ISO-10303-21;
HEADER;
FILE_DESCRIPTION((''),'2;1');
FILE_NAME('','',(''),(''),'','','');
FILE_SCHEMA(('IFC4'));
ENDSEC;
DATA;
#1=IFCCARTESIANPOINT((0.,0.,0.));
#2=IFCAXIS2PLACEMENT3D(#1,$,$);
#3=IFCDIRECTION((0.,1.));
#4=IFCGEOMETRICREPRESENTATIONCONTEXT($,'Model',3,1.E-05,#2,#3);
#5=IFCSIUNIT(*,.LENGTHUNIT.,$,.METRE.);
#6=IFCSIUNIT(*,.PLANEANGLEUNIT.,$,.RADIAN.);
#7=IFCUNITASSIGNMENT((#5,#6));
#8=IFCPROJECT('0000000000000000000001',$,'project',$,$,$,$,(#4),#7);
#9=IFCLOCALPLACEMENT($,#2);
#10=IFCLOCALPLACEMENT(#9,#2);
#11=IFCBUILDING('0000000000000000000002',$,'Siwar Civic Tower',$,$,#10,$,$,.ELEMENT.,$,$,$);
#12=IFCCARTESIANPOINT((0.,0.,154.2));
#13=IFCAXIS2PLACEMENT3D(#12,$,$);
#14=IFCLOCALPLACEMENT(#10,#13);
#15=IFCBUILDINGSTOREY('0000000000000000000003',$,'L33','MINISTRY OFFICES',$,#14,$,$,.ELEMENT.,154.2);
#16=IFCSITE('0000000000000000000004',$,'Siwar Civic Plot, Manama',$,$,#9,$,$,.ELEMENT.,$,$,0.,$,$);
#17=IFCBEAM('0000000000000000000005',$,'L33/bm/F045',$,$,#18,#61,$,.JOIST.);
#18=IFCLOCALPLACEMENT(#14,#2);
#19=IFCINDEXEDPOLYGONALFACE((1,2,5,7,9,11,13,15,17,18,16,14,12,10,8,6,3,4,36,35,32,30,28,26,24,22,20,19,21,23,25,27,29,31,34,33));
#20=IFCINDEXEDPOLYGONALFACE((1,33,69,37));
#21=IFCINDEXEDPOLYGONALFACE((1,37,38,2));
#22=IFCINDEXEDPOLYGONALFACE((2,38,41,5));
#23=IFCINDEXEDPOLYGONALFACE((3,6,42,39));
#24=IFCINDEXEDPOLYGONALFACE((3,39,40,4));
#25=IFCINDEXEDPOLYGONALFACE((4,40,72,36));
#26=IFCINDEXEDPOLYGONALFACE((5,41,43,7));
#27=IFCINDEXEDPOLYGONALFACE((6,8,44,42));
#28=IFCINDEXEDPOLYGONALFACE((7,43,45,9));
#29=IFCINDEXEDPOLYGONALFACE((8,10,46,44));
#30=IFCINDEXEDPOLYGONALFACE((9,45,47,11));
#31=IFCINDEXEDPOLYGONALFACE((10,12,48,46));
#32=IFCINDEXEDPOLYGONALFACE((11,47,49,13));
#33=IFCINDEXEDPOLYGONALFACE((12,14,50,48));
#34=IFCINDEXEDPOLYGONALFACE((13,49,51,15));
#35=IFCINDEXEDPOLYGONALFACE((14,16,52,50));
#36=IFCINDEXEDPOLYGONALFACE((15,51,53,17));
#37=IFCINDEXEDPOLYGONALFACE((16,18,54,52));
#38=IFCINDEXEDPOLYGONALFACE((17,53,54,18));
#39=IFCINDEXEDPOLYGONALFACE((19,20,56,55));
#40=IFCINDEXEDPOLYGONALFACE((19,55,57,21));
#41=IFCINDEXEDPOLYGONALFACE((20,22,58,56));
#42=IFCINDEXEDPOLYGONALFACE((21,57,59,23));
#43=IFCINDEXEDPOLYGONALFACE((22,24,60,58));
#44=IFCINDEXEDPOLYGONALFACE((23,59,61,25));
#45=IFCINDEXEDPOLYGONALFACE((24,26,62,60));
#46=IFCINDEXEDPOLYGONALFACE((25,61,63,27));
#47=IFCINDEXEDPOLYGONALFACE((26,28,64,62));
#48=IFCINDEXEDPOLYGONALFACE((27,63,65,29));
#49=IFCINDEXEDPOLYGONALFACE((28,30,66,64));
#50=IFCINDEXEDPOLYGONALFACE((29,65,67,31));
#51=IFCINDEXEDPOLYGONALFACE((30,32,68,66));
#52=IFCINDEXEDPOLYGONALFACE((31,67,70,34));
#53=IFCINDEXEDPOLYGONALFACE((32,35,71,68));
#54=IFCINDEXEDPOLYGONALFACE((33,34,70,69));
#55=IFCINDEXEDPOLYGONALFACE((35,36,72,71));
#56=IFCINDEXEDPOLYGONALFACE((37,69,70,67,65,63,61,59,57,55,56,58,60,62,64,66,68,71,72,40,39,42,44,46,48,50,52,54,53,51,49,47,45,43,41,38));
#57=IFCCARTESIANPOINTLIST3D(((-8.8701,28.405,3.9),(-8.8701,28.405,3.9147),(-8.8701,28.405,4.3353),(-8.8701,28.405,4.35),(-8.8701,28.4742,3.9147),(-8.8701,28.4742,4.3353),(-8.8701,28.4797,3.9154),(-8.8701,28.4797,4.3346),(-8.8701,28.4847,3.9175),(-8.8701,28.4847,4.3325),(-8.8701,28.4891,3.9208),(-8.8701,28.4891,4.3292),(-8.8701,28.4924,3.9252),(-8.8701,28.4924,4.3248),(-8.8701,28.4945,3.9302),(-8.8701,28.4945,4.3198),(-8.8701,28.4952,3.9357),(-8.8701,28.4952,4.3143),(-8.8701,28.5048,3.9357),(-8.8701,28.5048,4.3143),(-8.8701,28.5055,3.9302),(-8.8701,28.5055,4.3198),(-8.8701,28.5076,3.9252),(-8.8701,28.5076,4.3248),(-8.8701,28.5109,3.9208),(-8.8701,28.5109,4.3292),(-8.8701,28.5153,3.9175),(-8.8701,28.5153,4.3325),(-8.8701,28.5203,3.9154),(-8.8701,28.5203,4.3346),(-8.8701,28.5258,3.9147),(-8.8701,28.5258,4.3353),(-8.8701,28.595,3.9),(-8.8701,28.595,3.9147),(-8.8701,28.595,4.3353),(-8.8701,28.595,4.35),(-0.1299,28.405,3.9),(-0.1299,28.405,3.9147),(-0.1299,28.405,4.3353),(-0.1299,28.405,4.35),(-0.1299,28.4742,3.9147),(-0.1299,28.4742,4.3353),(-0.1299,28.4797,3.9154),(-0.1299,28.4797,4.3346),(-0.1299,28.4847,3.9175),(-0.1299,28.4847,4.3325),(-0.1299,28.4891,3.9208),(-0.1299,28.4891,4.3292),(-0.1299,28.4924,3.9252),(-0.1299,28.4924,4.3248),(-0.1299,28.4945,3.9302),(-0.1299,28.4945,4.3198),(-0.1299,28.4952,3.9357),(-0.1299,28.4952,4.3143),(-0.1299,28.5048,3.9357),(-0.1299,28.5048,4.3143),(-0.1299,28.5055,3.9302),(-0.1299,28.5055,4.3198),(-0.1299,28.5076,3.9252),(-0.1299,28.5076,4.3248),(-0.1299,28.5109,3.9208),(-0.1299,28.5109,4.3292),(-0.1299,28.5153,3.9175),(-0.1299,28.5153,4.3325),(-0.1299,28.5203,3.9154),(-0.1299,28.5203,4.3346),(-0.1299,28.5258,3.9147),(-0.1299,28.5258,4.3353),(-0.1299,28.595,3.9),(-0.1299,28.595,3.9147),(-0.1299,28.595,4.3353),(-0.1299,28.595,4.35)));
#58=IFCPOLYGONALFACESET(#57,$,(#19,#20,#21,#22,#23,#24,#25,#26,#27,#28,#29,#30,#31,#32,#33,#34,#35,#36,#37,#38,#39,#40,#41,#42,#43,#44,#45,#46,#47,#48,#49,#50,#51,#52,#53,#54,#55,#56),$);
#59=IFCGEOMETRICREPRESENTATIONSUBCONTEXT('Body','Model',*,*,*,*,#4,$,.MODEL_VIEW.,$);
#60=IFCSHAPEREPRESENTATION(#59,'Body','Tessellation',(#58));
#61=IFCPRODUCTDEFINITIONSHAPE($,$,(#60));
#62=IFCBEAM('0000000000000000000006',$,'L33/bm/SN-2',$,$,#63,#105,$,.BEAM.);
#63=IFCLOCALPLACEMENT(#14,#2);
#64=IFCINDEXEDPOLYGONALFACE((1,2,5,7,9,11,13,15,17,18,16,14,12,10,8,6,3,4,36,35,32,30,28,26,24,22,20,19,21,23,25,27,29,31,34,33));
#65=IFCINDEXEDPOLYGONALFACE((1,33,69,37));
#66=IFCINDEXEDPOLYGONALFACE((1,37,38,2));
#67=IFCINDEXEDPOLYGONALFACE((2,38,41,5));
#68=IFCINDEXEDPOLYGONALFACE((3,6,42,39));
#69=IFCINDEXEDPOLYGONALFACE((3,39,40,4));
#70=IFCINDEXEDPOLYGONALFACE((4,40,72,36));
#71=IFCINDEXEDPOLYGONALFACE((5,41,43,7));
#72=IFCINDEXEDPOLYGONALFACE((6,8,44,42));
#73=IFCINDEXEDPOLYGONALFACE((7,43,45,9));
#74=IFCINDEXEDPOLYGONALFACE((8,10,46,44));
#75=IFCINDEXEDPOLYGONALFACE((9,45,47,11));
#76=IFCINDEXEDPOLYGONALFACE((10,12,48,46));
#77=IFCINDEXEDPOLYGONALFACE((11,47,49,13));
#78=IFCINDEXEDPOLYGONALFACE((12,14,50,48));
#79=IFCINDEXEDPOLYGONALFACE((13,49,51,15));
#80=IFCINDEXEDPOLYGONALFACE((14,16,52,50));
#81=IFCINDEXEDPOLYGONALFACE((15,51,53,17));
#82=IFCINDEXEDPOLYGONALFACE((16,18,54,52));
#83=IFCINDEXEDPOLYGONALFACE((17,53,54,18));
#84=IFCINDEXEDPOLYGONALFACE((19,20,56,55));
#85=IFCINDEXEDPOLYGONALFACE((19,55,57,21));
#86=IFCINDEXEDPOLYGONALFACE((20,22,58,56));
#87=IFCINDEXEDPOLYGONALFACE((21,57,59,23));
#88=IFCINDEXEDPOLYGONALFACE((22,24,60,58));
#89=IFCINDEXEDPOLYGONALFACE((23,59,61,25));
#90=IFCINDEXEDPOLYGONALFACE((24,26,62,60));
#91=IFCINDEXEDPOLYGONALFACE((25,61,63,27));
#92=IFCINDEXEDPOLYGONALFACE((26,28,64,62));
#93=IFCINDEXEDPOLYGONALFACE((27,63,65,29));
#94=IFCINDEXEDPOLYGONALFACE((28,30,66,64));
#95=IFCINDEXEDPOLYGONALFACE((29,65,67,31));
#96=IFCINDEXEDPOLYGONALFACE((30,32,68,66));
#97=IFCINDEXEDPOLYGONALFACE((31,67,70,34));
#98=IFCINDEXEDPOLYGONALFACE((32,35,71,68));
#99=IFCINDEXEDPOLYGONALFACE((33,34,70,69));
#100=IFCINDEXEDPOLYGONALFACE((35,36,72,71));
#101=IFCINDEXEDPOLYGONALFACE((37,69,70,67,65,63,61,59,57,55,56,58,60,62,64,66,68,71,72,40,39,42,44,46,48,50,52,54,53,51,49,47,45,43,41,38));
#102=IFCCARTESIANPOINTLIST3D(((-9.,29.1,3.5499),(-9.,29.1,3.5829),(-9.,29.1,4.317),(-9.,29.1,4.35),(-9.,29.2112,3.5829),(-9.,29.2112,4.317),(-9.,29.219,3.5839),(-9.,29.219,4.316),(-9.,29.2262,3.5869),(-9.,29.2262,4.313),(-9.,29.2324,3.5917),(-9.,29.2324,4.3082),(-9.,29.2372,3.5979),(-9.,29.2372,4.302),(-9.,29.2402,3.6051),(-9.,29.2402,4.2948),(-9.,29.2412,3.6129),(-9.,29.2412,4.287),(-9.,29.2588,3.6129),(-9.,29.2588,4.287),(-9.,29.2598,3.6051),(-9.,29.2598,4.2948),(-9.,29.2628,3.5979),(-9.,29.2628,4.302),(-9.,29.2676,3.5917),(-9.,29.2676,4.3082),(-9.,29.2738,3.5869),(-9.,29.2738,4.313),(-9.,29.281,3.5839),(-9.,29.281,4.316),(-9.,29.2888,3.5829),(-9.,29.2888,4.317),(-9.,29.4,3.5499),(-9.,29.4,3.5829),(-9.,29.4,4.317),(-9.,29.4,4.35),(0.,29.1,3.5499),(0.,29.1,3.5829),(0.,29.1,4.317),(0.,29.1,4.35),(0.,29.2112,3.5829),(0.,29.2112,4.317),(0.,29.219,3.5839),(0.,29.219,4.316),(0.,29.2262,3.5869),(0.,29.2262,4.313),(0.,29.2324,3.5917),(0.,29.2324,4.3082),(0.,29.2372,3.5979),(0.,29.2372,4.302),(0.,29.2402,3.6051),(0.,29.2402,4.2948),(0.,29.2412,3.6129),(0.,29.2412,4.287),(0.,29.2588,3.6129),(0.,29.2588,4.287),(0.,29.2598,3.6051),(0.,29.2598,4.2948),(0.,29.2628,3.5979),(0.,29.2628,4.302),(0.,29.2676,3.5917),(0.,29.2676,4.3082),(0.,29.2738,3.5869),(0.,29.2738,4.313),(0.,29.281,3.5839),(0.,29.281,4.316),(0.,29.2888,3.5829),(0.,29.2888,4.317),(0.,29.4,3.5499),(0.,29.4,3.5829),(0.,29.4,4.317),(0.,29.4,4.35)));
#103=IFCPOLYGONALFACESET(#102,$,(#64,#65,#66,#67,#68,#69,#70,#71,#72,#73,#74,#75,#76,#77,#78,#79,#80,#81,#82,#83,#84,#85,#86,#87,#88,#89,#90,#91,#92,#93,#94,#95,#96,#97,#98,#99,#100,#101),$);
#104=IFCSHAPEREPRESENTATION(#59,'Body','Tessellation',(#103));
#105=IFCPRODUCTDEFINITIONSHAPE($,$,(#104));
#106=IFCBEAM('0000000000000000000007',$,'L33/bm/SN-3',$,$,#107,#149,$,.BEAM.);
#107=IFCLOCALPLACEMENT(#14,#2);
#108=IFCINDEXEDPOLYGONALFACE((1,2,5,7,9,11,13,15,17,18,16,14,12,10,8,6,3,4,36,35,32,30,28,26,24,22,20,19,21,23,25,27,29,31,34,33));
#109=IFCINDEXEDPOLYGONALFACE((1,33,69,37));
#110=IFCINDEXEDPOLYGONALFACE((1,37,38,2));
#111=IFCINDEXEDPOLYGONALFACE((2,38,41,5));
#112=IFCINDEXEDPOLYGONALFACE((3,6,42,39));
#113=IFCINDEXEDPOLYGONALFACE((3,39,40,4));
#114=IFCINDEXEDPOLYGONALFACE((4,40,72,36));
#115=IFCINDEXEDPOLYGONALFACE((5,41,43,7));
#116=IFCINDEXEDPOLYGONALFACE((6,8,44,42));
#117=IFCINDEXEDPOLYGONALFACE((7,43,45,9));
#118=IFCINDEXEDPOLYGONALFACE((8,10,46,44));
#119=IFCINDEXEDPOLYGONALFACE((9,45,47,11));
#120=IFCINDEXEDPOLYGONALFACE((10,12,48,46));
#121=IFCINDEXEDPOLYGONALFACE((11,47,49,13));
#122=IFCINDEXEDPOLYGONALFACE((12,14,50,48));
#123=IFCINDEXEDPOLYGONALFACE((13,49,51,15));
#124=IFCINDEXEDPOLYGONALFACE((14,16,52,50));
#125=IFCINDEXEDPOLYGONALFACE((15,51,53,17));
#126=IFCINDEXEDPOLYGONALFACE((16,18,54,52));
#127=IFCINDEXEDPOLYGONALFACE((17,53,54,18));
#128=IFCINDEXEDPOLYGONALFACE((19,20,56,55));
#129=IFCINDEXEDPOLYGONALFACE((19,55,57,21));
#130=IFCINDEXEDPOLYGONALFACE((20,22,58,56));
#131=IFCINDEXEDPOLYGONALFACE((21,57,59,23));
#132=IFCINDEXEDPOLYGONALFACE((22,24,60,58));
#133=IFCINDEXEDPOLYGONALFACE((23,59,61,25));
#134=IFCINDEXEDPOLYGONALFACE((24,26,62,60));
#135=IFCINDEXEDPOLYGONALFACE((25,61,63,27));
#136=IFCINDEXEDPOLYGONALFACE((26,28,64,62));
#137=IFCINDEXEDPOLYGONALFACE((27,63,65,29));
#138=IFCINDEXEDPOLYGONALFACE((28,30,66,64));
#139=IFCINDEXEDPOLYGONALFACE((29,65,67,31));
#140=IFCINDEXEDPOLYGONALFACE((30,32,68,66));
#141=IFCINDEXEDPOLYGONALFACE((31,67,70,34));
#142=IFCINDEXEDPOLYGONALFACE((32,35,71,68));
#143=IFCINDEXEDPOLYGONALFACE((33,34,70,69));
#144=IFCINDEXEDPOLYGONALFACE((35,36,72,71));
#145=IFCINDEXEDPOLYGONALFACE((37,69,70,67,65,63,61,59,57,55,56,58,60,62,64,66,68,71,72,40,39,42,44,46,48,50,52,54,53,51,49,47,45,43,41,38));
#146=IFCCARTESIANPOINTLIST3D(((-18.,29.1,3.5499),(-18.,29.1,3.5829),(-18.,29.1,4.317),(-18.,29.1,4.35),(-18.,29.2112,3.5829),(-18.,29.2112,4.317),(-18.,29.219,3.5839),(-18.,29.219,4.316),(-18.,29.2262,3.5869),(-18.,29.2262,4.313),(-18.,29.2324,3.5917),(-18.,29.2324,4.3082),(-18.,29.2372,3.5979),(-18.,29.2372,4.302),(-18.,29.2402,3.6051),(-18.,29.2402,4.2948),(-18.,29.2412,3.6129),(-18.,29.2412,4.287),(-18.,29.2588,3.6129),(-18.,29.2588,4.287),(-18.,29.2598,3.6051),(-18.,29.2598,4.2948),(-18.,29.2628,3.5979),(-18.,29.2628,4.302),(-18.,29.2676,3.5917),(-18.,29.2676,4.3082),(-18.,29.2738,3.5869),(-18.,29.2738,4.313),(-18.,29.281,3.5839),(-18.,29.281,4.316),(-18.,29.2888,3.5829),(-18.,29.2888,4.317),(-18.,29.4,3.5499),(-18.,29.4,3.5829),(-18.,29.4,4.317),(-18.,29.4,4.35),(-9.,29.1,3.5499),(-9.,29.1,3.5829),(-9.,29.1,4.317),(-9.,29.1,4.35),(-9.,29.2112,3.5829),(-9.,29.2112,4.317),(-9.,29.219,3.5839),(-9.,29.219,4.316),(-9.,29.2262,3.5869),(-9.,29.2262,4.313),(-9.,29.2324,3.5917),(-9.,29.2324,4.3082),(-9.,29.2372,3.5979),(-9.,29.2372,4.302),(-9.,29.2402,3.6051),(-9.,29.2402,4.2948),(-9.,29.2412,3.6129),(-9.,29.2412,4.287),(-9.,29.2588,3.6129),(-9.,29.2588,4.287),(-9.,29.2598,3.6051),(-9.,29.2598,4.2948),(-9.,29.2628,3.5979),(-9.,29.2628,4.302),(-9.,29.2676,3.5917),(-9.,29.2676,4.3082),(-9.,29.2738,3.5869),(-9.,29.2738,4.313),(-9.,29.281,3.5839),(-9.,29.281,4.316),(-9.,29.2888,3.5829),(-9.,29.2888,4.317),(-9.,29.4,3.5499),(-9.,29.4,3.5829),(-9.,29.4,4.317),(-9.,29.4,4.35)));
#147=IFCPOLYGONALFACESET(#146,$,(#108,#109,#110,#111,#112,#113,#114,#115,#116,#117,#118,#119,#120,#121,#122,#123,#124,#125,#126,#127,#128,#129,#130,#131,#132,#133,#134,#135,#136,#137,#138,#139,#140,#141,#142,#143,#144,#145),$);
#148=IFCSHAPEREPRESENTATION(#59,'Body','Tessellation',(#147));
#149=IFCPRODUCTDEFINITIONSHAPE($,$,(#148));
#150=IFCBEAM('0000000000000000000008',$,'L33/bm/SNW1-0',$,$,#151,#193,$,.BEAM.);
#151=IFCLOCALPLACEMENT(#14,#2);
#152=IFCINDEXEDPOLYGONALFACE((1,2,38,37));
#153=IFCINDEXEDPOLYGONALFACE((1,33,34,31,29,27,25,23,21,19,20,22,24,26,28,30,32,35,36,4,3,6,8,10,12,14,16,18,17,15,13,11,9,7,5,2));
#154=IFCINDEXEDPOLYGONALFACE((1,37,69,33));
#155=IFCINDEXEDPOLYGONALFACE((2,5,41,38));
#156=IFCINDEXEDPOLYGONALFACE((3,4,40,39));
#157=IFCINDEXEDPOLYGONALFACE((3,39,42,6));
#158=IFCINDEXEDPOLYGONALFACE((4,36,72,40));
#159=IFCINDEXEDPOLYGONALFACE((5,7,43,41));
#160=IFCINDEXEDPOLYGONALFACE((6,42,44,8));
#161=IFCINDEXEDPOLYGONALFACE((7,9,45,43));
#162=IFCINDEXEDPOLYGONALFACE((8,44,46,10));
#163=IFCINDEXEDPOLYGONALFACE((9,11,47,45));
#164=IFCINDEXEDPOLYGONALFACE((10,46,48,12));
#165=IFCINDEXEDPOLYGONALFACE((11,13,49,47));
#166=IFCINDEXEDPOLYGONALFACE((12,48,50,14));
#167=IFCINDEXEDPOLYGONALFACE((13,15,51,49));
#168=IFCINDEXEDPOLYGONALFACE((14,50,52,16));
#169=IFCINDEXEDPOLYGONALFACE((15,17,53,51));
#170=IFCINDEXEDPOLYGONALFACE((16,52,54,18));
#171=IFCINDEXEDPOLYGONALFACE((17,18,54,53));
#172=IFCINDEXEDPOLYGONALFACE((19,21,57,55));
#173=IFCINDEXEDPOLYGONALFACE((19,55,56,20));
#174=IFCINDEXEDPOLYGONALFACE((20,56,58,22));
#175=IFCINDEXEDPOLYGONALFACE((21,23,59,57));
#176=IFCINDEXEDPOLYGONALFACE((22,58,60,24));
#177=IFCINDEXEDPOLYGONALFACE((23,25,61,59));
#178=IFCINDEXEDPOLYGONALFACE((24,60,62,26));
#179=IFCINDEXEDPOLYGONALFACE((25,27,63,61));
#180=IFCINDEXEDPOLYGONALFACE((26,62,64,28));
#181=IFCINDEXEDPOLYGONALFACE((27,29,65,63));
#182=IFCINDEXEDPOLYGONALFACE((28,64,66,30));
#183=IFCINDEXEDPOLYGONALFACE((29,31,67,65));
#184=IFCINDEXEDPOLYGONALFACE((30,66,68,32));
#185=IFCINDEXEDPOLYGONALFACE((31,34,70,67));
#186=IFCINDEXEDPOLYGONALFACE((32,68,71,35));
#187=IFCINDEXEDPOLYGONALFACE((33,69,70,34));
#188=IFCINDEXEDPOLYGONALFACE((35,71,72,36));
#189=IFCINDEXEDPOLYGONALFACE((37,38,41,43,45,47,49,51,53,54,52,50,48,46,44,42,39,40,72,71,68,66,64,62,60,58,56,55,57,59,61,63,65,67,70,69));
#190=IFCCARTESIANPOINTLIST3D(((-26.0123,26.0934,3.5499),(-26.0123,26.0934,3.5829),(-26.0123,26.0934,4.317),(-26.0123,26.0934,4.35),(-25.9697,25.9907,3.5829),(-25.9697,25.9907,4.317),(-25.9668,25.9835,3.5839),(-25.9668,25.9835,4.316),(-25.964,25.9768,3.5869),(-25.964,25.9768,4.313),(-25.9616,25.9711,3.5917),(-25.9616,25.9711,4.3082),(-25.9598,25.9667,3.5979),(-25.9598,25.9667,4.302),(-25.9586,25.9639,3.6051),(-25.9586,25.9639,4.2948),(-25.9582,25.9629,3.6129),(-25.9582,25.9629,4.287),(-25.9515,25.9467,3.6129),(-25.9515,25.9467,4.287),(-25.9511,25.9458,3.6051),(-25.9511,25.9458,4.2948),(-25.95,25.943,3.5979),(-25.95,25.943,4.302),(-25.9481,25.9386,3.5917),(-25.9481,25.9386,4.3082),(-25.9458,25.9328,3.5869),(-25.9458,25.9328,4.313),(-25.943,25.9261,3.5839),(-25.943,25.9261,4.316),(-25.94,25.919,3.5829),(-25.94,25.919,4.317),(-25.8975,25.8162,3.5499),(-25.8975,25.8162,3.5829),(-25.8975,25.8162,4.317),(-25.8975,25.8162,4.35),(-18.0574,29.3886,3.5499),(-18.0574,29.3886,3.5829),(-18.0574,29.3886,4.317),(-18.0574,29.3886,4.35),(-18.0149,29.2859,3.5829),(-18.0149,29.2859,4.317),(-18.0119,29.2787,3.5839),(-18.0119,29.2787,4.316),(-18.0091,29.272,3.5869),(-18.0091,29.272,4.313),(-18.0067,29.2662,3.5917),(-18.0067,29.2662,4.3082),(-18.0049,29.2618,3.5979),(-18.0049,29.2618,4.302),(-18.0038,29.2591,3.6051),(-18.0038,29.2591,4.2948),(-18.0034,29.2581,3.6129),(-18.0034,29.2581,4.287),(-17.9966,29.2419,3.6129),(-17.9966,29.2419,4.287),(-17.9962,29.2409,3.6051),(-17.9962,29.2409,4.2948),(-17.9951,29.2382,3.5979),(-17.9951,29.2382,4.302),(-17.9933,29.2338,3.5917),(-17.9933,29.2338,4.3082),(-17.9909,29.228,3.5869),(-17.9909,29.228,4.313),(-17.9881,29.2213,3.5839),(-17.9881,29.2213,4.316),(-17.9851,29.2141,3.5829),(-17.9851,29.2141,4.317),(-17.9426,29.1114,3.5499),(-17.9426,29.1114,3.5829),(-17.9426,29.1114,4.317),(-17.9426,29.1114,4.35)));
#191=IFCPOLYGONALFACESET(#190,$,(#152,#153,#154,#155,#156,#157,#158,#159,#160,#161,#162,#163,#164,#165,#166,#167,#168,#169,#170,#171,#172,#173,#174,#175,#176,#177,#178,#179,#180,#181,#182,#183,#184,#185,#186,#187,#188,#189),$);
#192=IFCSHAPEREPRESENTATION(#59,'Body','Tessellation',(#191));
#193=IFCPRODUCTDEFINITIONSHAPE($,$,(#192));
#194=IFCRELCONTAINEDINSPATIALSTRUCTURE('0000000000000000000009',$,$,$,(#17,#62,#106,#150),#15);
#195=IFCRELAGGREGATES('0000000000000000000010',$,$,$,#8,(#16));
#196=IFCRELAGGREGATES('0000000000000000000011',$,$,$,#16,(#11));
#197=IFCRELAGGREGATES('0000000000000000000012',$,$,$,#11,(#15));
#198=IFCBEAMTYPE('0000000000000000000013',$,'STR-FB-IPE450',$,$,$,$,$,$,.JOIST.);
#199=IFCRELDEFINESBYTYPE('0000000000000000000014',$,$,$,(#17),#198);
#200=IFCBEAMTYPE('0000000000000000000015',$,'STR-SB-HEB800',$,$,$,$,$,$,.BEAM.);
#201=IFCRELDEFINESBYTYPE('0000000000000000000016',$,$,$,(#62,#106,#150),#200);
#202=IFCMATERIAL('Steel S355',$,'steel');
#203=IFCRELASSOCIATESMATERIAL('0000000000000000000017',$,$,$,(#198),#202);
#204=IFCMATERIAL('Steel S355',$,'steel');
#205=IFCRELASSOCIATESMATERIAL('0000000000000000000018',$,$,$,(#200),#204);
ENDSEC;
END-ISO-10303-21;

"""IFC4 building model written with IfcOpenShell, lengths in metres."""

from ifc_helpers import new_model, si_unit, direction, frame, origin, origin_2d, place, context, subcontext, project, spatial, i_section, extrude, material, material_profile, profile_set, type_object, element, save


model = new_model("IFC4")

# Units and contexts
model_context = context("Model", 3, precision=1e-05, world=origin(), true_north=direction((0.0, 1.0)))
body_context = subcontext(model_context, "Body", "Model", "MODEL_VIEW")
ifc_project = project(units=[si_unit("LENGTHUNIT", "METRE"), si_unit("PLANEANGLEUNIT", "RADIAN")], contexts=[model_context])

# Site, building, storey
site_placement = place(None, origin())
site = spatial("IfcSite", under=ifc_project, at=site_placement, Name="Siwar Civic Plot, Manama", CompositionType="ELEMENT", RefElevation=0.0)
building_placement = place(site_placement, origin())
building = spatial("IfcBuilding", under=site, at=building_placement, Name="Siwar Civic Tower", CompositionType="ELEMENT")
storey_placement = place(building_placement, frame((0.0, 0.0, 154.2)))
storey = spatial("IfcBuildingStorey", under=building, at=storey_placement, Name="L33", Description="MINISTRY OFFICES", CompositionType="ELEMENT", Elevation=154.2)

# Beams
ifc_material_1 = material(Name="Steel S355", Category="steel")
ifc_material_profile_1 = material_profile(ifc_material_1, i_section(OverallWidth=0.1899, OverallDepth=0.45, WebThickness=0.0095, FlangeThickness=0.0146, FilletRadius=0.021, at=origin_2d()), Name="IPE450")
ifc_profile_set_1 = profile_set([ifc_material_profile_1], Name="Steel S355")
beam_type_1 = type_object("IfcBeamType", Name="STR-FB-IPE450", PredefinedType="JOIST", material=ifc_profile_set_1)
for number, where, z_axis, x_axis, name in (
    (1, (-8.8701, 28.5, 4.125), (1.0, 0.0, 0.0), (0.0, 1.0, 0.0), "L33/bm/F045"),
):
    element("IfcBeam", number, at=place(storey_placement, frame(where, z_axis=z_axis, x_axis=x_axis)), inside=storey, type_object=beam_type_1, Name=name, PredefinedType="JOIST", context=body_context, shape_type="SweptSolid", body=[
        extrude(i_section(OverallWidth=0.1899, OverallDepth=0.45, WebThickness=0.0095, FlangeThickness=0.0146, FilletRadius=0.021, at=origin_2d()), origin(), (0.0, 0.0, 1.0), 8.7402),
    ])
ifc_material_2 = material(Name="Steel S355", Category="steel")
ifc_material_profile_2 = material_profile(ifc_material_2, i_section(OverallWidth=0.3, OverallDepth=0.8, WebThickness=0.0176, FlangeThickness=0.033, FilletRadius=0.03, at=origin_2d()), Name="HEB800")
ifc_profile_set_2 = profile_set([ifc_material_profile_2], Name="Steel S355")
beam_type_2 = type_object("IfcBeamType", Name="STR-SB-HEB800", PredefinedType="BEAM", material=ifc_profile_set_2)
for number, where, z_axis, x_axis, name in (
    (2, (0.0, 29.25, 3.95), (-1.0, 0.0, 0.0), (0.0, -1.0, 0.0), "L33/bm/SN-2"),
    (3, (-9.0, 29.25, 3.95), (-1.0, 0.0, 0.0), (0.0, -1.0, 0.0), "L33/bm/SN-3"),
):
    element("IfcBeam", number, at=place(storey_placement, frame(where, z_axis=z_axis, x_axis=x_axis)), inside=storey, type_object=beam_type_2, Name=name, PredefinedType="BEAM", context=body_context, shape_type="SweptSolid", body=[
        extrude(i_section(OverallWidth=0.3, OverallDepth=0.8, WebThickness=0.0176, FlangeThickness=0.033, FilletRadius=0.03, at=origin_2d()), origin(), (0.0, 0.0, 1.0), 9.0),
    ])
beam_1_placement = place(storey_placement, frame((-18.0, 29.25, 3.95), z_axis=(-0.923873, -0.3827, 0.0), x_axis=(0.3827, -0.923873, 0.0)))
element("IfcBeam", 4, at=beam_1_placement, inside=storey, type_object=beam_type_2, Name="L33/bm/SNW1-0", PredefinedType="BEAM", context=body_context, shape_type="SweptSolid", body=[
    extrude(i_section(OverallWidth=0.3, OverallDepth=0.8, WebThickness=0.0176, FlangeThickness=0.033, FilletRadius=0.03, at=origin_2d()), origin(), (0.0, 0.0, 1.0), 8.6104),
])

save(model, "model.ifc")
